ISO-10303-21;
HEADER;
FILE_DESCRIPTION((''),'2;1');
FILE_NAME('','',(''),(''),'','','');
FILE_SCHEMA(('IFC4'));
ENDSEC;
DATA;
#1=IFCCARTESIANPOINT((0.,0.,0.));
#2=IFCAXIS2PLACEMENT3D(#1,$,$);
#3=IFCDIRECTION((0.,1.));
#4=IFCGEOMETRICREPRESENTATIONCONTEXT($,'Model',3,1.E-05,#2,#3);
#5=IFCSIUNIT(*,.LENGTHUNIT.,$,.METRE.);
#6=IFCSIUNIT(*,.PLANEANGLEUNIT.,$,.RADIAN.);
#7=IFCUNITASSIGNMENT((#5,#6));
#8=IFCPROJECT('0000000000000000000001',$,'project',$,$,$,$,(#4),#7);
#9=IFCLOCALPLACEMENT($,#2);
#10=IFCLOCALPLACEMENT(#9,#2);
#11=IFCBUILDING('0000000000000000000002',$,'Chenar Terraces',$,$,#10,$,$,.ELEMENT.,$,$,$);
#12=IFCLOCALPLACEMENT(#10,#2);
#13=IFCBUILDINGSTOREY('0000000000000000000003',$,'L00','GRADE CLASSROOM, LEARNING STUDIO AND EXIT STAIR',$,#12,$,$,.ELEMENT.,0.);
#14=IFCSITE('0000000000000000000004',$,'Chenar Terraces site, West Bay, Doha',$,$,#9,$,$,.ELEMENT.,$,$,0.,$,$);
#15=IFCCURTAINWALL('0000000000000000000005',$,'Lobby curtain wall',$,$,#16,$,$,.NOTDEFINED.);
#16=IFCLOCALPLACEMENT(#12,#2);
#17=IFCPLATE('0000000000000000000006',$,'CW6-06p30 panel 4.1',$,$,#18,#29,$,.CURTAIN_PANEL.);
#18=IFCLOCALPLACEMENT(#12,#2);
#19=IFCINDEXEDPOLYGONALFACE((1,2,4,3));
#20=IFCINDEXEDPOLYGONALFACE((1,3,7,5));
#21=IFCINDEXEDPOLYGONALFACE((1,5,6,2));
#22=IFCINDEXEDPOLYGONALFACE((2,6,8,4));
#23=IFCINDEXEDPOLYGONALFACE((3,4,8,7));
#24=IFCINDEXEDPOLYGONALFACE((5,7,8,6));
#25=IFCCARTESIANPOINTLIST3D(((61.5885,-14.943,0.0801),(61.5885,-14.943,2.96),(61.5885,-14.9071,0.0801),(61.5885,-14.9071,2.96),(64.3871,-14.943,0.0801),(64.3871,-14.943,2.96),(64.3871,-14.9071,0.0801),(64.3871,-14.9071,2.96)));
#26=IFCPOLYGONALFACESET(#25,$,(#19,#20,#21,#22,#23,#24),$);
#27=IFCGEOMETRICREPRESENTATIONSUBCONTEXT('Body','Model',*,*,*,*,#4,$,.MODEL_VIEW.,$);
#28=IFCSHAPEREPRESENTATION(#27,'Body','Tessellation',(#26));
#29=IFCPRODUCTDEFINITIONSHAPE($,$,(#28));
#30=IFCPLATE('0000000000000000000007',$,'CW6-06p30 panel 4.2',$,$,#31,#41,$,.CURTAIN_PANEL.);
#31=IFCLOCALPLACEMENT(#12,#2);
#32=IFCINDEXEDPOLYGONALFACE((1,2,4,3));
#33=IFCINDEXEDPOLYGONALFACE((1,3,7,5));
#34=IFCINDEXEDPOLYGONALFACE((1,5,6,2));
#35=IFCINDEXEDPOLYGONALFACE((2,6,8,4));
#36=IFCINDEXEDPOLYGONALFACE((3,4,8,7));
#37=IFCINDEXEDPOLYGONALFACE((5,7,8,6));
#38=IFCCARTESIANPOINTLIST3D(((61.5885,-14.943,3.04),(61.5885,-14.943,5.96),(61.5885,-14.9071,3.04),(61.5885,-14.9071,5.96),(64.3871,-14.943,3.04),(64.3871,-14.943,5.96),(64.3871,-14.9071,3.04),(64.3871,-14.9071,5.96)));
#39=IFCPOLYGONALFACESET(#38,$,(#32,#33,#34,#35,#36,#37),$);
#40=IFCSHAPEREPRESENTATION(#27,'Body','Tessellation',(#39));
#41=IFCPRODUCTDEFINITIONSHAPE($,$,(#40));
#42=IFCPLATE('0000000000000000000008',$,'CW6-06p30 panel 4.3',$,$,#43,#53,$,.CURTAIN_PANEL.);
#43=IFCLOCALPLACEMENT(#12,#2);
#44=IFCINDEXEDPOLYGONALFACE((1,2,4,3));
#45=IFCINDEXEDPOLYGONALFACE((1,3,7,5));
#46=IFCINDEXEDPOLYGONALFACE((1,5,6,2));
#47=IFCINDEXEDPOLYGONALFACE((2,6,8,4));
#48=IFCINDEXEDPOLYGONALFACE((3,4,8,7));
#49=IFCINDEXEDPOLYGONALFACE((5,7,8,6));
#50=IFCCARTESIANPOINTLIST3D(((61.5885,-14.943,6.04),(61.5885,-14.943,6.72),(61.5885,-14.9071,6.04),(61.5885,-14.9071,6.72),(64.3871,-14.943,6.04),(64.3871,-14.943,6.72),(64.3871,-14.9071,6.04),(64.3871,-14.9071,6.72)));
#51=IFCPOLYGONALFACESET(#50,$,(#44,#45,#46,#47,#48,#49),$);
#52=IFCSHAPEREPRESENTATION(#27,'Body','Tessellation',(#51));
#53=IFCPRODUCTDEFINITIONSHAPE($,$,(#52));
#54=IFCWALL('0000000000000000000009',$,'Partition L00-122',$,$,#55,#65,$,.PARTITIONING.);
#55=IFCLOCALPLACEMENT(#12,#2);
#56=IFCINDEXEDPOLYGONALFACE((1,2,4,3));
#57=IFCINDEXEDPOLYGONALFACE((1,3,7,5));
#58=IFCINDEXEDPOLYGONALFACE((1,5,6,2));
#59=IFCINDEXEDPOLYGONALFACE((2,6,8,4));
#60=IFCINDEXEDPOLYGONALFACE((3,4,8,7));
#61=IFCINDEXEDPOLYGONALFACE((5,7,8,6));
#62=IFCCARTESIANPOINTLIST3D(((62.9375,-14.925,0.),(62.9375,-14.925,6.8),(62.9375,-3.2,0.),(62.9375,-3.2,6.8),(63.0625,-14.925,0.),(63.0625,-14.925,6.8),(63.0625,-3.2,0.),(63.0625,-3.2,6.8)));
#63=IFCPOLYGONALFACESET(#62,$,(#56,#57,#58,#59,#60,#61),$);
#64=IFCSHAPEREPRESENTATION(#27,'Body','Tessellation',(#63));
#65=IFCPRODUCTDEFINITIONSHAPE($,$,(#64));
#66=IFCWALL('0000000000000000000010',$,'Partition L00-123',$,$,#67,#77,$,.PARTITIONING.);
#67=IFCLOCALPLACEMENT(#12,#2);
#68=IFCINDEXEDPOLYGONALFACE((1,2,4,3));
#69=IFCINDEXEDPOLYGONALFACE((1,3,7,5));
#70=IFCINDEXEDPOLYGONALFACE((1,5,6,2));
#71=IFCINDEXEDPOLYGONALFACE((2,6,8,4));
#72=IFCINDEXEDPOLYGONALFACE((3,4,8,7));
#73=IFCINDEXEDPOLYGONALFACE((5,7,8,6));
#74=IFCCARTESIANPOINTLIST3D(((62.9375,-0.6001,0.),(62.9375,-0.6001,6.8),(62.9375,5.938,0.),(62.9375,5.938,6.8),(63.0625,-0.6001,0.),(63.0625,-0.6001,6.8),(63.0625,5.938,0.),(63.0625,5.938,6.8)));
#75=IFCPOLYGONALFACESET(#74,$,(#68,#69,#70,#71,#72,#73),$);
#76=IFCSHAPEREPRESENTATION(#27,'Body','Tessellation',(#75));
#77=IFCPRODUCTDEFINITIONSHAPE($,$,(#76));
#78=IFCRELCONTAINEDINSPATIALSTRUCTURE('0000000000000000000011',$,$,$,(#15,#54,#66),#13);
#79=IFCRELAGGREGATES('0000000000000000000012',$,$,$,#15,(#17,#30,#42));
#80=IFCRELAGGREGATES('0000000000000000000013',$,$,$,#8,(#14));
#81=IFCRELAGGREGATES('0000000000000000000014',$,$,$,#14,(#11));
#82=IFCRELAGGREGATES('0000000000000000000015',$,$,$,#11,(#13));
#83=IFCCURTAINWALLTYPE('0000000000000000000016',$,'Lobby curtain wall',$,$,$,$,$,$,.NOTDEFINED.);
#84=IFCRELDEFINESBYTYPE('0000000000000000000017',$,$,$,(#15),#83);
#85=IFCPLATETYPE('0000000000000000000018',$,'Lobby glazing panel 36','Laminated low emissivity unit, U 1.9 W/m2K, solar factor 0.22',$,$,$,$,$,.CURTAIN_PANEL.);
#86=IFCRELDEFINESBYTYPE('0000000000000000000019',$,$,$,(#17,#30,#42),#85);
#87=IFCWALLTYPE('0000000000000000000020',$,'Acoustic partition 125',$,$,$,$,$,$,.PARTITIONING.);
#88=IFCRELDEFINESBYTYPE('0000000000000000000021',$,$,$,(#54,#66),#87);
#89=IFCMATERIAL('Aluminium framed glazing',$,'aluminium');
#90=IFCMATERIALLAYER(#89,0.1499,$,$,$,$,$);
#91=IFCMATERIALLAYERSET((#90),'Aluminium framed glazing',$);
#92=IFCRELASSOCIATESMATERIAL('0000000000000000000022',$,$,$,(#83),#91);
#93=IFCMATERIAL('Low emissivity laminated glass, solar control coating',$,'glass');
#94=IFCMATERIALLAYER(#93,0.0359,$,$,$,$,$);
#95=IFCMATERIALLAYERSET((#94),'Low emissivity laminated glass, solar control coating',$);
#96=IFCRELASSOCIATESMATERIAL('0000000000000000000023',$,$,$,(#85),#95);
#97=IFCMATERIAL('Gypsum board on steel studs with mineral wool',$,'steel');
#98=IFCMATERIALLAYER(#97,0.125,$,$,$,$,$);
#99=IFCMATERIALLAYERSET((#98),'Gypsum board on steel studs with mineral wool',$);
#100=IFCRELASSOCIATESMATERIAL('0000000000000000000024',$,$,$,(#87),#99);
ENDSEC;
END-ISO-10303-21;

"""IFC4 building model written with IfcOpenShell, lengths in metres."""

from ifc_helpers import new_model, si_unit, direction, frame, frame_2d, origin, origin_2d, place, context, subcontext, project, spatial, rectangle, extrude, material, layer, layer_set, type_object, element, aggregate, save


model = new_model("IFC4")

# Units and contexts
model_context = context("Model", 3, precision=1e-05, world=origin(), true_north=direction((0.0, 1.0)))
body_context = subcontext(model_context, "Body", "Model", "MODEL_VIEW")
ifc_project = project(units=[si_unit("LENGTHUNIT", "METRE"), si_unit("PLANEANGLEUNIT", "RADIAN")], contexts=[model_context])

# Site, building, storey
site_placement = place(None, origin())
site = spatial("IfcSite", under=ifc_project, at=site_placement, Name="Chenar Terraces site, West Bay, Doha", CompositionType="ELEMENT", RefElevation=0.0)
building_placement = place(site_placement, origin())
building = spatial("IfcBuilding", under=site, at=building_placement, Name="Chenar Terraces", CompositionType="ELEMENT")
storey_placement = place(building_placement, origin())
storey = spatial("IfcBuildingStorey", under=building, at=storey_placement, Name="L00", Description="GRADE CLASSROOM, LEARNING STUDIO AND EXIT STAIR", CompositionType="ELEMENT", Elevation=0.0)

# Curtain wall, plates
ifc_material_1 = material(Name="Aluminium framed glazing", Category="aluminium")
ifc_layer_1 = layer(ifc_material_1, 0.1499)
ifc_layer_set_1 = layer_set([ifc_layer_1], Name="Aluminium framed glazing")
curtain_wall_type = type_object("IfcCurtainWallType", Name="Lobby curtain wall", PredefinedType="NOTDEFINED", material=ifc_layer_set_1)
curtain_wall_placement = place(storey_placement, origin())
curtain_wall = element("IfcCurtainWall", 1, at=curtain_wall_placement, inside=storey, type_object=curtain_wall_type, Name="Lobby curtain wall", PredefinedType="NOTDEFINED")
ifc_material_2 = material(Name="Low emissivity laminated glass, solar control coating", Category="glass")
ifc_layer_2 = layer(ifc_material_2, 0.0359)
ifc_layer_set_2 = layer_set([ifc_layer_2], Name="Low emissivity laminated glass, solar control coating")
plate_type = type_object("IfcPlateType", Name="Lobby glazing panel 36", Description="Laminated low emissivity unit, U 1.9 W/m2K, solar factor 0.22", PredefinedType="CURTAIN_PANEL", material=ifc_layer_set_2)
plate_1_placement = place(storey_placement, frame((62.9878, -14.925, 0.0801), z_axis=(0.0, 0.0, 1.0), x_axis=(1.0, 0.0, 0.0)))
plate_1 = element("IfcPlate", 2, at=plate_1_placement, type_object=plate_type, Name="CW6-06p30 panel 4.1", PredefinedType="CURTAIN_PANEL", context=body_context, shape_type="SweptSolid", body=[
    extrude(rectangle(XDim=2.7986, YDim=0.0359, at=origin_2d()), origin(), (0.0, 0.0, 1.0), 2.8799),
])
plate_2_placement = place(storey_placement, frame((62.9878, -14.925, 3.04), z_axis=(0.0, 0.0, 1.0), x_axis=(1.0, 0.0, 0.0)))
plate_2 = element("IfcPlate", 3, at=plate_2_placement, type_object=plate_type, Name="CW6-06p30 panel 4.2", PredefinedType="CURTAIN_PANEL", context=body_context, shape_type="SweptSolid", body=[
    extrude(rectangle(XDim=2.7986, YDim=0.0359, at=origin_2d()), origin(), (0.0, 0.0, 1.0), 2.9199),
])
plate_3_placement = place(storey_placement, frame((62.9878, -14.925, 6.04), z_axis=(0.0, 0.0, 1.0), x_axis=(1.0, 0.0, 0.0)))
plate_3 = element("IfcPlate", 4, at=plate_3_placement, type_object=plate_type, Name="CW6-06p30 panel 4.3", PredefinedType="CURTAIN_PANEL", context=body_context, shape_type="SweptSolid", body=[
    extrude(rectangle(XDim=2.7986, YDim=0.0359, at=origin_2d()), origin(), (0.0, 0.0, 1.0), 0.6799),
])
aggregate(curtain_wall, [plate_1, plate_2, plate_3])

# Walls
ifc_material_3 = material(Name="Gypsum board on steel studs with mineral wool", Category="steel")
ifc_layer_3 = layer(ifc_material_3, 0.125)
ifc_layer_set_3 = layer_set([ifc_layer_3], Name="Gypsum board on steel studs with mineral wool")
wall_type = type_object("IfcWallType", Name="Acoustic partition 125", PredefinedType="PARTITIONING", material=ifc_layer_set_3)
wall_1_placement = place(storey_placement, frame((63.0, -14.925, 0.0), z_axis=(0.0, 0.0, 1.0), x_axis=(0.0, 1.0, 0.0)))
element("IfcWall", 5, at=wall_1_placement, inside=storey, type_object=wall_type, Name="Partition L00-122", PredefinedType="PARTITIONING", context=body_context, shape_type="SweptSolid", body=[
    extrude(rectangle(XDim=11.7251, YDim=0.125, at=frame_2d((5.8625, 0.0))), origin(), (0.0, 0.0, 1.0), 6.8),
])
wall_2_placement = place(storey_placement, frame((63.0, -0.6001, 0.0), z_axis=(0.0, 0.0, 1.0), x_axis=(0.0, 1.0, 0.0)))
element("IfcWall", 6, at=wall_2_placement, inside=storey, type_object=wall_type, Name="Partition L00-123", PredefinedType="PARTITIONING", context=body_context, shape_type="SweptSolid", body=[
    extrude(rectangle(XDim=6.5381, YDim=0.125, at=frame_2d((3.269, 0.0))), origin(), (0.0, 0.0, 1.0), 6.8),
])

save(model, "model.ifc")
